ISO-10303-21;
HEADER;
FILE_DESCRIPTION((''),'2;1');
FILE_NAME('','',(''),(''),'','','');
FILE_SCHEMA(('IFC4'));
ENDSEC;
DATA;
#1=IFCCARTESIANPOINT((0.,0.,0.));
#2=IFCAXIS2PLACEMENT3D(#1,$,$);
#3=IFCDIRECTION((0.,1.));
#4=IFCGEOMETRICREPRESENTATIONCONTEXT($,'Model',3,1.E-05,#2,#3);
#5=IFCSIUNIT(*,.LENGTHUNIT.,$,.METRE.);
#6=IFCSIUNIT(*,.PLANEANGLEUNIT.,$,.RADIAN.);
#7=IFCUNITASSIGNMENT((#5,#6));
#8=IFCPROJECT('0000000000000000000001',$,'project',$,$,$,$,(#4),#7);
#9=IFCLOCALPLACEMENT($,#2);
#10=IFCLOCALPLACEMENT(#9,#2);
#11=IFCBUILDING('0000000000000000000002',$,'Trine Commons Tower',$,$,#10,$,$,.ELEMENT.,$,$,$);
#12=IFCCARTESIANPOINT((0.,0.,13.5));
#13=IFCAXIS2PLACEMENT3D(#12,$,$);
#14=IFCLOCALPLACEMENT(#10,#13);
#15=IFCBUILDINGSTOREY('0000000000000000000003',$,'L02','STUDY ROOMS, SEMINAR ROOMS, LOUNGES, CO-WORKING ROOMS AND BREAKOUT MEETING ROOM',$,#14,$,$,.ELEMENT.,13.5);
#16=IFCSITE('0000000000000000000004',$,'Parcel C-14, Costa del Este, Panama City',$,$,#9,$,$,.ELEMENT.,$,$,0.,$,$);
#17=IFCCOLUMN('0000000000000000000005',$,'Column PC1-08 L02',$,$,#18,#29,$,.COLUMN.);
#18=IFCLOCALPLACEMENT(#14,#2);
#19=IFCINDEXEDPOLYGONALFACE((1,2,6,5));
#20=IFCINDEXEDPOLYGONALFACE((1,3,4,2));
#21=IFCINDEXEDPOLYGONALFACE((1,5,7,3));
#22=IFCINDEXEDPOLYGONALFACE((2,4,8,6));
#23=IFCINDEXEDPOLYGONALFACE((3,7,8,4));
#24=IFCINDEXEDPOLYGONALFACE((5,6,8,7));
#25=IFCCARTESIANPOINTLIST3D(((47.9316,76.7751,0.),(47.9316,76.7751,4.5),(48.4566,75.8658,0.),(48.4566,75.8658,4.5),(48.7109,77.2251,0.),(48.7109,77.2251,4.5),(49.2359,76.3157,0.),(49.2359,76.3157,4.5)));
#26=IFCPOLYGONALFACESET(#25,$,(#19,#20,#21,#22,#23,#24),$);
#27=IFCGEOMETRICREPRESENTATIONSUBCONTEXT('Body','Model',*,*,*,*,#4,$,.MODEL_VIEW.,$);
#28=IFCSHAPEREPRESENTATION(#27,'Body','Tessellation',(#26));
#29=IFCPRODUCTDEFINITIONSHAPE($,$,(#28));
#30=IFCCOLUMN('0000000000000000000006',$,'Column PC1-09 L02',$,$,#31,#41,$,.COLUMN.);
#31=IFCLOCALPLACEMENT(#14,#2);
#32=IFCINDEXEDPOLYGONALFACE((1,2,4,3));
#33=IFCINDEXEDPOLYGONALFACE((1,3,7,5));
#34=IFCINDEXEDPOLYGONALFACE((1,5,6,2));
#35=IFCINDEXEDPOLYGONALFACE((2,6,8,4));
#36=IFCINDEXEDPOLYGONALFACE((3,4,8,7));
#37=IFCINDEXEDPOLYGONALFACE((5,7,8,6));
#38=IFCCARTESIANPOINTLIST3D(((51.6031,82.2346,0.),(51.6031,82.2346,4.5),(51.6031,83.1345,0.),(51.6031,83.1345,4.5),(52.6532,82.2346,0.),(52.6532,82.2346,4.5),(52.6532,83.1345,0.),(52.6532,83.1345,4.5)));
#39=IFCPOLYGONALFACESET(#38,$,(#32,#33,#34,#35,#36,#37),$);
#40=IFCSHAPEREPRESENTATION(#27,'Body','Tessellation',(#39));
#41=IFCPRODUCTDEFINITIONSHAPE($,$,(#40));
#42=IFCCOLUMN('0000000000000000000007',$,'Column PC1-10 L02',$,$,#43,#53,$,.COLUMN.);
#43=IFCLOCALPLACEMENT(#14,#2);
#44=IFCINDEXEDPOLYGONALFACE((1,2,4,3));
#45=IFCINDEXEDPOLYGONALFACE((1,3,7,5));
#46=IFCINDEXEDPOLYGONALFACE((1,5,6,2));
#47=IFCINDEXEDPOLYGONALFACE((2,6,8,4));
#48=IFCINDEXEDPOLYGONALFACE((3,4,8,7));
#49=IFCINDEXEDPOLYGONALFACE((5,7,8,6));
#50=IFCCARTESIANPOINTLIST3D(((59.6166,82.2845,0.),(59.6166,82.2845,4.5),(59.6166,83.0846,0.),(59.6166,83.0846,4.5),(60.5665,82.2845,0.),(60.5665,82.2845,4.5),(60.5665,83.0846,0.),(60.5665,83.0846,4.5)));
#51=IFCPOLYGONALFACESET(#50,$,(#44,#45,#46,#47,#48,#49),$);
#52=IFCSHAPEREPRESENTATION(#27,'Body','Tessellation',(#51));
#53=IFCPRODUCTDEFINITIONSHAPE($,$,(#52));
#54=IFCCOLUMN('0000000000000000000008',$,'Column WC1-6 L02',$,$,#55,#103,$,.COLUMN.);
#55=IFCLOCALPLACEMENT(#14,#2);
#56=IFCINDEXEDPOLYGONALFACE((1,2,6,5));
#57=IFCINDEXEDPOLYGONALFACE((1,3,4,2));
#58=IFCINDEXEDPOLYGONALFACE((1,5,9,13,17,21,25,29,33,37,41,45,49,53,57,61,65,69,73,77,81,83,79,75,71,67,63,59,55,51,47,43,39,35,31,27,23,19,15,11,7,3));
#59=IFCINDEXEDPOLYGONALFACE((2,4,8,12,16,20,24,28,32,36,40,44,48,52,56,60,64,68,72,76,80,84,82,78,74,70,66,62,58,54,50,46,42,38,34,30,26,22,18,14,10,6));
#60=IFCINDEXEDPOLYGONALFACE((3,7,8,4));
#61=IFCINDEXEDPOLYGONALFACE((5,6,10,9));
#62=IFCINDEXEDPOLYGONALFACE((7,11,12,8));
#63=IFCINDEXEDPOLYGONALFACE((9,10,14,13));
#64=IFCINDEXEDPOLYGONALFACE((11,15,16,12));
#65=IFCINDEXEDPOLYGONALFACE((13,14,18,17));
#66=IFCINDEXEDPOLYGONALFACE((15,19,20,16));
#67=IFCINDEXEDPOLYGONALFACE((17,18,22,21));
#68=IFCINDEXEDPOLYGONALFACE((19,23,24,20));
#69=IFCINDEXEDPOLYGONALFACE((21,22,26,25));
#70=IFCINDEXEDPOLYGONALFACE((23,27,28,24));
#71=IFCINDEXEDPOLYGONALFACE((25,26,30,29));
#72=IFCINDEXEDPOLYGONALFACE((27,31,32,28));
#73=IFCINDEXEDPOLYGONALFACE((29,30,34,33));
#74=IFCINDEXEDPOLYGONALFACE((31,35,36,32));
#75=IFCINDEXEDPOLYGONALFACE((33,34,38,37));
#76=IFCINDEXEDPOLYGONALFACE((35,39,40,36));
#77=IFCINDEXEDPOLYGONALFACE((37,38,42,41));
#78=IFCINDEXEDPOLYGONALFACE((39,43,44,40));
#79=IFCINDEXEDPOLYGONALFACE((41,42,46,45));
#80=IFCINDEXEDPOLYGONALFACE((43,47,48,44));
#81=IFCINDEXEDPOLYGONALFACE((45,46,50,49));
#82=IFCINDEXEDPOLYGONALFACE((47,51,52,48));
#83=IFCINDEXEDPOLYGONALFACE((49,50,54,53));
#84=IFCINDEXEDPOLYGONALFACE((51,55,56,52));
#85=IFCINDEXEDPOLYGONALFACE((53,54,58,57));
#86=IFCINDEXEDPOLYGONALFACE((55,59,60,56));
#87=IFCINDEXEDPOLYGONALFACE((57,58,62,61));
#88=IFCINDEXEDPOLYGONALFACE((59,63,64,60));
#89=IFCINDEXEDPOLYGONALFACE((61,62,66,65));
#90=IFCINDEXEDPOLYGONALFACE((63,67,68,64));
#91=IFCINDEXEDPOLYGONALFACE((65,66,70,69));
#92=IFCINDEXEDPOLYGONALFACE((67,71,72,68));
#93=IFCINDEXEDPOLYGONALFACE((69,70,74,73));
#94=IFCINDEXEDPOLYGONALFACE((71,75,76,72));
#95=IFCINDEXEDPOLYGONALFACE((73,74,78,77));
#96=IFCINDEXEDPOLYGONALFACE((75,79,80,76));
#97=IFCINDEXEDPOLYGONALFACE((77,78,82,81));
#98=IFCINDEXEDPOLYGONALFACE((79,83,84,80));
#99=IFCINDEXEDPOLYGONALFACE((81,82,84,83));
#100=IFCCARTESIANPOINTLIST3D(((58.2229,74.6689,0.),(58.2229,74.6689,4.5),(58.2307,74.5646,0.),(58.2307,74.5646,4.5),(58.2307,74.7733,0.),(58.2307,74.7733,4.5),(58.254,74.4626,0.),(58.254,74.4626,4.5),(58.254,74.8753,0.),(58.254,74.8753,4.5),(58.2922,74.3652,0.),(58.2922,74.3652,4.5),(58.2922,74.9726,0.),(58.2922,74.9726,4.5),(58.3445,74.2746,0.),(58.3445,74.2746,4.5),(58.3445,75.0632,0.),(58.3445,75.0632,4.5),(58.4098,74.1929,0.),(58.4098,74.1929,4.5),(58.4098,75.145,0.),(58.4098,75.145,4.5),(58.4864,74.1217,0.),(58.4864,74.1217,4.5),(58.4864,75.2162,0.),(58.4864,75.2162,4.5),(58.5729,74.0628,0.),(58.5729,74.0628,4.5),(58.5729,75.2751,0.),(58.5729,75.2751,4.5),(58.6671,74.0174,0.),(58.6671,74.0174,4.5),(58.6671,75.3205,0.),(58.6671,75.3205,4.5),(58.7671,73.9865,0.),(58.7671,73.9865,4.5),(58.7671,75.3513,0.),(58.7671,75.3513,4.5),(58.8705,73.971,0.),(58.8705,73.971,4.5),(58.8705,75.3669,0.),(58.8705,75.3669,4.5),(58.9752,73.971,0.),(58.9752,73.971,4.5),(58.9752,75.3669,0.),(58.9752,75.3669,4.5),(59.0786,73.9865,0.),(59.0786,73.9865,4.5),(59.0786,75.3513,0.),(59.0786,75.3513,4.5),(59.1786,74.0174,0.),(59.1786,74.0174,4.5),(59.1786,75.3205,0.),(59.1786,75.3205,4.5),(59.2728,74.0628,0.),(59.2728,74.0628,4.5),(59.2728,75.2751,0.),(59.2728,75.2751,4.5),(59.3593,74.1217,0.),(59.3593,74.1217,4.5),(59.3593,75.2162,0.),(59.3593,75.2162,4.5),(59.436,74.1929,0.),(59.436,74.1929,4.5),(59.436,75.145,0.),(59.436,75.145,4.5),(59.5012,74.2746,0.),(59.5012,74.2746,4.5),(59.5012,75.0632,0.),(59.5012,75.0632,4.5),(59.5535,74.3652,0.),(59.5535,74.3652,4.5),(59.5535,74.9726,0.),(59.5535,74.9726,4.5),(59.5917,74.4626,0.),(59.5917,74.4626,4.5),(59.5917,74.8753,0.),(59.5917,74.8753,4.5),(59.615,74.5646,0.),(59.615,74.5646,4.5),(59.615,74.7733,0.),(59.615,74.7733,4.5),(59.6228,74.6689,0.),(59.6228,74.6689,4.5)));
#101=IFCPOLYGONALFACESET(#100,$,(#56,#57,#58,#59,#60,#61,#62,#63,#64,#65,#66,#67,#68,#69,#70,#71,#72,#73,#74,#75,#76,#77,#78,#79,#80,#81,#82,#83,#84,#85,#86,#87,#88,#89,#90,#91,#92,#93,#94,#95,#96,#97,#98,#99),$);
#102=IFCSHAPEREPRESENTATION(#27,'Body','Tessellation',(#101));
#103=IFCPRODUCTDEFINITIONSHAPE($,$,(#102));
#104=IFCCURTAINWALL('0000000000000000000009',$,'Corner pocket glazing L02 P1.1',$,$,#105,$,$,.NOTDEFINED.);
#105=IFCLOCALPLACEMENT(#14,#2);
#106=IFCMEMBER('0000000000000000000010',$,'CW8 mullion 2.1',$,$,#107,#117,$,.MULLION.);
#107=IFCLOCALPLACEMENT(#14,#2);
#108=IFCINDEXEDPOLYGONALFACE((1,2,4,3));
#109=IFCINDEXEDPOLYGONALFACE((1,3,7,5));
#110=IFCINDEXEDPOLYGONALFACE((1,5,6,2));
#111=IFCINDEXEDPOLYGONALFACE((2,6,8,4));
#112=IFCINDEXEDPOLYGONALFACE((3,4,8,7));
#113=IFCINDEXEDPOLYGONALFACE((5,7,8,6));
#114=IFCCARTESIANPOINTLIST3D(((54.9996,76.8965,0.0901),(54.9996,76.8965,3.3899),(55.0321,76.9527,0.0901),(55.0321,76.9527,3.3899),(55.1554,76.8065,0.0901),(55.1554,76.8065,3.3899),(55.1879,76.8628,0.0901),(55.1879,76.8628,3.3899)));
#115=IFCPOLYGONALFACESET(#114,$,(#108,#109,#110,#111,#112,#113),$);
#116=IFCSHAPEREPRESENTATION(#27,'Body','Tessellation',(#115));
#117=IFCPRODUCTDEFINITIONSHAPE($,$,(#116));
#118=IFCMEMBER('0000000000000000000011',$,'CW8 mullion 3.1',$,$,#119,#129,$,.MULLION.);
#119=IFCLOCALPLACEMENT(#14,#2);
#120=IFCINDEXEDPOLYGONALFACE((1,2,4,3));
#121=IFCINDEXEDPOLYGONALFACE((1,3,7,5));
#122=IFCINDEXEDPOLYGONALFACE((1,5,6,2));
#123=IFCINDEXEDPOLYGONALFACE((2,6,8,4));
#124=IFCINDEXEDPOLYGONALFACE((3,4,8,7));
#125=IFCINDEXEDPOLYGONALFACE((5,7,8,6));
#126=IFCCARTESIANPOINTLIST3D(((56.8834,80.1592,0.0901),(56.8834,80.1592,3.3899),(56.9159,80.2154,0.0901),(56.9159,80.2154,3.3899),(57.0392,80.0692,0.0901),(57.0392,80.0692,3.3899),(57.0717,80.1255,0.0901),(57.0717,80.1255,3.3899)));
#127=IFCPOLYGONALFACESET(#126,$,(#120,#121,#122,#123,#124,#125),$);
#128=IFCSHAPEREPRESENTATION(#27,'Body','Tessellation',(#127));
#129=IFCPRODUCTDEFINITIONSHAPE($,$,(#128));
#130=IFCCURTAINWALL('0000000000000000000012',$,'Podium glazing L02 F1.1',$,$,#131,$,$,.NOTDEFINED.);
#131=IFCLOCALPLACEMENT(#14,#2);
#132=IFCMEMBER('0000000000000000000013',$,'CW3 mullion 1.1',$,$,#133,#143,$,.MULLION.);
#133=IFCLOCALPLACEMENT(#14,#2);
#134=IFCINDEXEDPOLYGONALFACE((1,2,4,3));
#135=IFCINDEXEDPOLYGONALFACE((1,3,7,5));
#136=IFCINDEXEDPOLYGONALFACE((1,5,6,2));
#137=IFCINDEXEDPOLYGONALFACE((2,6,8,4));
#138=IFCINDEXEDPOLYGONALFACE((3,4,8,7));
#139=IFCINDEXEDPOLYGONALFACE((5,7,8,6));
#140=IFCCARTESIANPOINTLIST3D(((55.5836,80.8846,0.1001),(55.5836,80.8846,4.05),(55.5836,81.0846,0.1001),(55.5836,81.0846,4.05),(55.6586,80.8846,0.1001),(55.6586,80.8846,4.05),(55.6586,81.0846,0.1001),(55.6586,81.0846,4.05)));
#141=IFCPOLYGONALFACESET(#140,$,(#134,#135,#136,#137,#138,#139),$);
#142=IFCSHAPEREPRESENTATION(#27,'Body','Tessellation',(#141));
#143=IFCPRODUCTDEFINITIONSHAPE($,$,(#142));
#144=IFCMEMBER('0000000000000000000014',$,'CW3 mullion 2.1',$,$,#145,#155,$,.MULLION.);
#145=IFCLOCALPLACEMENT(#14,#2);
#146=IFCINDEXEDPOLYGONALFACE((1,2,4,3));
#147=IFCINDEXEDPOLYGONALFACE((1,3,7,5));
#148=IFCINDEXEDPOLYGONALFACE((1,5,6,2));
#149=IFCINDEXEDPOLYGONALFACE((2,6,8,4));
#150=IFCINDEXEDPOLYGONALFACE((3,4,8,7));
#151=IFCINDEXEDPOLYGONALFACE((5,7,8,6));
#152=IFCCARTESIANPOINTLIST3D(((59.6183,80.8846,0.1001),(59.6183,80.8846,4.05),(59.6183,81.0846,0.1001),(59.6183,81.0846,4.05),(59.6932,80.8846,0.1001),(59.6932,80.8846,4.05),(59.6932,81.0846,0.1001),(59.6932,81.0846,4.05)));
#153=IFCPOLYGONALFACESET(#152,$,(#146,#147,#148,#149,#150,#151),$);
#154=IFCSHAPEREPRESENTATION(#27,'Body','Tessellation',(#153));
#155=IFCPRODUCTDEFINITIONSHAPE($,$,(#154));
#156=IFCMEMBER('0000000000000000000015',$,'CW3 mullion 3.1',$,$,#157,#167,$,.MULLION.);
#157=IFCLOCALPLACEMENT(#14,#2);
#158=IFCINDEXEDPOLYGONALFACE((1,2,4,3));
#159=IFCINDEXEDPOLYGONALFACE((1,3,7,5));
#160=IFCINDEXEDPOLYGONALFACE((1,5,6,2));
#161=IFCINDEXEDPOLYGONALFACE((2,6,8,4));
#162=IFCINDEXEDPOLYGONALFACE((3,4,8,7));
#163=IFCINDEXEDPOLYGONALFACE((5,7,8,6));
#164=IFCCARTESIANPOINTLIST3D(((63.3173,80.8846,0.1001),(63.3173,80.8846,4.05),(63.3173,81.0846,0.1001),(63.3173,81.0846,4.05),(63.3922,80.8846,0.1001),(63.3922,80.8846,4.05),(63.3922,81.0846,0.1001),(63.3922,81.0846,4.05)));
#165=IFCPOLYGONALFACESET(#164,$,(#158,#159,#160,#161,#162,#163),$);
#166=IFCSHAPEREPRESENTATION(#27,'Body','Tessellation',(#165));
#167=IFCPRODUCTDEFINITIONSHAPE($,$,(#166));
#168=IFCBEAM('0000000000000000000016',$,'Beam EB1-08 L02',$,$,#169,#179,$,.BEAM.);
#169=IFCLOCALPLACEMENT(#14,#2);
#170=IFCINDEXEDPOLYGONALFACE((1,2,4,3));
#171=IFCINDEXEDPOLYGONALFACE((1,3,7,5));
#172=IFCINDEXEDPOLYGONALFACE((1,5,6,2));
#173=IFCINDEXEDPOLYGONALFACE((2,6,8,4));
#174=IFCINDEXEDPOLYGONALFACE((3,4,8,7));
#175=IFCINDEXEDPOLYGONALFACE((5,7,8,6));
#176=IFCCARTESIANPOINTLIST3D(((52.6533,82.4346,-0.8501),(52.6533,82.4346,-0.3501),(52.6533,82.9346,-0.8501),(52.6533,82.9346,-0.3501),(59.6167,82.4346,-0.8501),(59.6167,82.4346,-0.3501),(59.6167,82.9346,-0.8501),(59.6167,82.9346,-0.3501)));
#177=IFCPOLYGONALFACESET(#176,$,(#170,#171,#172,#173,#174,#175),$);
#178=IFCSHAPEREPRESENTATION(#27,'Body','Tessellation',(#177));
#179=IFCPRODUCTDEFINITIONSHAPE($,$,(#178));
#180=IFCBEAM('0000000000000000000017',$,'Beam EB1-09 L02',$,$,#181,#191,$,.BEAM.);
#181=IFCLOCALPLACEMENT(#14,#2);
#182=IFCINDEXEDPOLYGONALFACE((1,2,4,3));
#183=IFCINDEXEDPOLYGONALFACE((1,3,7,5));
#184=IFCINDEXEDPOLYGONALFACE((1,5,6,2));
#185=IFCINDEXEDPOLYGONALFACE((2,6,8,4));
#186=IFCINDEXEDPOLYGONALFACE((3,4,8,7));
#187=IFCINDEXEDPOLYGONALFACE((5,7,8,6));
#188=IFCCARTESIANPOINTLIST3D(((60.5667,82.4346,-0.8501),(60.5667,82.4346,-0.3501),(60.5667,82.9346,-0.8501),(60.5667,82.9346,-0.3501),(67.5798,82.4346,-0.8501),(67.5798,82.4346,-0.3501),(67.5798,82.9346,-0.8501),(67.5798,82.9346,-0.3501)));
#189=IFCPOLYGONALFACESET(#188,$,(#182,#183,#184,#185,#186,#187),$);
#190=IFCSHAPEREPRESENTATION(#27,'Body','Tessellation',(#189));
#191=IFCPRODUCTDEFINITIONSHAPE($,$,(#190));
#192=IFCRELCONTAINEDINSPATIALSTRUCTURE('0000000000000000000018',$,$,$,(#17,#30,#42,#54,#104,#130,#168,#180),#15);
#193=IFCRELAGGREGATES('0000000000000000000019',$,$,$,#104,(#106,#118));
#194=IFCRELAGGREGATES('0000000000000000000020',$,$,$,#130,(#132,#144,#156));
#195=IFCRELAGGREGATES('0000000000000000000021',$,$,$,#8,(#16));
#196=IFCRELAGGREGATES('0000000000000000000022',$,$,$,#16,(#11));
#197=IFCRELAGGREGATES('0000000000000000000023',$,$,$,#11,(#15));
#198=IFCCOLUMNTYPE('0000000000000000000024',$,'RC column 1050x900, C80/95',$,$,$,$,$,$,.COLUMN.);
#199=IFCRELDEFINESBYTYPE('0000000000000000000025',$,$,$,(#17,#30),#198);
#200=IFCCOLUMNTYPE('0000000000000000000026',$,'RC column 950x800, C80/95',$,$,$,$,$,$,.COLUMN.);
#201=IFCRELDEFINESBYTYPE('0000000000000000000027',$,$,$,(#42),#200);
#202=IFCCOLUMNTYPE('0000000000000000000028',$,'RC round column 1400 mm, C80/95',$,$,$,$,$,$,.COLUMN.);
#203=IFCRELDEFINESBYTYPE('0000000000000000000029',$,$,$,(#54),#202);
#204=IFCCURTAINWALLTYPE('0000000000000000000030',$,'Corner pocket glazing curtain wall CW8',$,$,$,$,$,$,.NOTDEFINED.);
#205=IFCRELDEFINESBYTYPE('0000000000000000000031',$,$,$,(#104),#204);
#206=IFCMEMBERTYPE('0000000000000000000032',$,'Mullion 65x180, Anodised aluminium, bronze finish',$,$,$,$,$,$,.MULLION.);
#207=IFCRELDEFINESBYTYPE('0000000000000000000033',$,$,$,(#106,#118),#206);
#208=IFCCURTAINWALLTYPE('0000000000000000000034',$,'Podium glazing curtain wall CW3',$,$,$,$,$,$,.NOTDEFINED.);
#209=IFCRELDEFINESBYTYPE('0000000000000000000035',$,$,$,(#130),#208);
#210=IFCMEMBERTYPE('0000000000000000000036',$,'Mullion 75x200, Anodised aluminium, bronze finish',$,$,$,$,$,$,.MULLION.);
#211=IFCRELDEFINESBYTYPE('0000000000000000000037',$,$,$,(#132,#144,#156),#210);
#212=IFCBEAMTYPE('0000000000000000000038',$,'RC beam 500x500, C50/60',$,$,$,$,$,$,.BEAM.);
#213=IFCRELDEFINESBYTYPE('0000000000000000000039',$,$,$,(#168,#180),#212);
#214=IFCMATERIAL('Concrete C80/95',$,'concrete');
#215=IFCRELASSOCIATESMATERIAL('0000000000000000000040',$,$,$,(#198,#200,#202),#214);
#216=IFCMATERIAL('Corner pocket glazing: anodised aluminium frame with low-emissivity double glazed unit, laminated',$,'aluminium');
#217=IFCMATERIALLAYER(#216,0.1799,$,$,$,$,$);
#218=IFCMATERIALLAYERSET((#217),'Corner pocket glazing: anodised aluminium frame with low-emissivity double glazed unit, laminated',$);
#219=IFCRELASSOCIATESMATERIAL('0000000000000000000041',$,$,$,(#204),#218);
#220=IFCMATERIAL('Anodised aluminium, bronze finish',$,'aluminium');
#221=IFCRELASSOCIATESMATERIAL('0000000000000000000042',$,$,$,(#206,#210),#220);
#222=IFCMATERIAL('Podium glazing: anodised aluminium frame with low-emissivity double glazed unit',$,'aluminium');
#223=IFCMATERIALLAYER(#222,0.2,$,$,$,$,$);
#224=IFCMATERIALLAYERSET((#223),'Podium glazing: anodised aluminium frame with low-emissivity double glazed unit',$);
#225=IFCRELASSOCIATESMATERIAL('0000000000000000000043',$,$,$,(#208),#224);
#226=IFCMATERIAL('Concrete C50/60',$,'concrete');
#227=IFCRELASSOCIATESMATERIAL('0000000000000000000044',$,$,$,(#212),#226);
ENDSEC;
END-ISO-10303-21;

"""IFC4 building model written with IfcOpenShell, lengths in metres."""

from ifc_helpers import new_model, si_unit, direction, frame, origin, origin_2d, place, context, subcontext, project, spatial, rectangle, circle, extrude, material, layer, layer_set, material_profile, profile_set, type_object, element, aggregate, save


model = new_model("IFC4")

# Units and contexts
model_context = context("Model", 3, precision=1e-05, world=origin(), true_north=direction((0.0, 1.0)))
body_context = subcontext(model_context, "Body", "Model", "MODEL_VIEW")
ifc_project = project(units=[si_unit("LENGTHUNIT", "METRE"), si_unit("PLANEANGLEUNIT", "RADIAN")], contexts=[model_context])

# Site, building, storey
site_placement = place(None, origin())
site = spatial("IfcSite", under=ifc_project, at=site_placement, Name="Parcel C-14, Costa del Este, Panama City", CompositionType="ELEMENT", RefElevation=0.0)
building_placement = place(site_placement, origin())
building = spatial("IfcBuilding", under=site, at=building_placement, Name="Trine Commons Tower", CompositionType="ELEMENT")
storey_placement = place(building_placement, frame((0.0, 0.0, 13.5)))
storey = spatial("IfcBuildingStorey", under=building, at=storey_placement, Name="L02", Description="STUDY ROOMS, SEMINAR ROOMS, LOUNGES, CO-WORKING ROOMS AND BREAKOUT MEETING ROOM", CompositionType="ELEMENT", Elevation=13.5)

# Columns
ifc_material_1 = material(Name="Concrete C80/95", Category="concrete")
ifc_material_profile_1 = material_profile(ifc_material_1, rectangle(XDim=1.05, YDim=0.8999, at=origin_2d()), Name="RC 1050x900")
ifc_profile_set_1 = profile_set([ifc_material_profile_1], Name="Concrete C80/95")
column_type_1 = type_object("IfcColumnType", Name="RC column 1050x900, C80/95", PredefinedType="COLUMN", material=ifc_profile_set_1)
for number, where, z_axis, x_axis, name in (
    (1, (48.5837, 76.5454, 0.0), (0.0, 0.0, 1.0), (-0.5, 0.866025, 0.0), "Column PC1-08 L02"),
    (2, (52.1282, 82.6846, 0.0), (0.0, 0.0, 1.0), (1.0, 0.0, 0.0), "Column PC1-09 L02"),
):
    element("IfcColumn", number, at=place(storey_placement, frame(where, z_axis=z_axis, x_axis=x_axis)), inside=storey, type_object=column_type_1, Name=name, PredefinedType="COLUMN", context=body_context, shape_type="SweptSolid", body=[
        extrude(rectangle(XDim=1.05, YDim=0.8999, at=origin_2d()), origin(), (0.0, 0.0, 1.0), 4.5),
    ])
ifc_material_profile_2 = material_profile(ifc_material_1, rectangle(XDim=0.95, YDim=0.8, at=origin_2d()), Name="RC 950x800")
ifc_profile_set_2 = profile_set([ifc_material_profile_2], Name="Concrete C80/95")
column_type_2 = type_object("IfcColumnType", Name="RC column 950x800, C80/95", PredefinedType="COLUMN", material=ifc_profile_set_2)
column_1_placement = place(storey_placement, frame((60.0916, 82.6846, 0.0), z_axis=(0.0, 0.0, 1.0), x_axis=(1.0, 0.0, 0.0)))
element("IfcColumn", 3, at=column_1_placement, inside=storey, type_object=column_type_2, Name="Column PC1-10 L02", PredefinedType="COLUMN", context=body_context, shape_type="SweptSolid", body=[
    extrude(rectangle(XDim=0.95, YDim=0.8, at=origin_2d()), origin(), (0.0, 0.0, 1.0), 4.5),
])
ifc_material_profile_3 = material_profile(ifc_material_1, circle(Radius=0.7, at=origin_2d()), Name="RC round 1400")
ifc_profile_set_3 = profile_set([ifc_material_profile_3], Name="Concrete C80/95")
column_type_3 = type_object("IfcColumnType", Name="RC round column 1400 mm, C80/95", PredefinedType="COLUMN", material=ifc_profile_set_3)
column_2_placement = place(storey_placement, frame((58.9229, 74.6689, 0.0), z_axis=(0.0, 0.0, 1.0), x_axis=(1.0, 0.0, 0.0)))
element("IfcColumn", 4, at=column_2_placement, inside=storey, type_object=column_type_3, Name="Column WC1-6 L02", PredefinedType="COLUMN", context=body_context, shape_type="SweptSolid", body=[
    extrude(circle(Radius=0.7, at=origin_2d()), origin(), (0.0, 0.0, 1.0), 4.5),
])

# Curtain walls, members
ifc_material_2 = material(Name="Corner pocket glazing: anodised aluminium frame with low-emissivity double glazed unit, laminated", Category="aluminium")
ifc_layer_1 = layer(ifc_material_2, 0.1799)
ifc_layer_set_1 = layer_set([ifc_layer_1], Name="Corner pocket glazing: anodised aluminium frame with low-emissivity double glazed unit, laminated")
curtain_wall_type_1 = type_object("IfcCurtainWallType", Name="Corner pocket glazing curtain wall CW8", PredefinedType="NOTDEFINED", material=ifc_layer_set_1)
curtain_wall_1_placement = place(storey_placement, origin())
curtain_wall_1 = element("IfcCurtainWall", 5, at=curtain_wall_1_placement, inside=storey, type_object=curtain_wall_type_1, Name="Corner pocket glazing L02 P1.1", PredefinedType="NOTDEFINED")
ifc_material_3 = material(Name="Anodised aluminium, bronze finish", Category="aluminium")
ifc_material_profile_4 = material_profile(ifc_material_3, rectangle(XDim=0.1799, YDim=0.0649, at=origin_2d()), Name="Mullion 65x180")
ifc_profile_set_4 = profile_set([ifc_material_profile_4], Name="Anodised aluminium, bronze finish")
member_type_1 = type_object("IfcMemberType", Name="Mullion 65x180, Anodised aluminium, bronze finish", PredefinedType="MULLION", material=ifc_profile_set_4)
member_1_placement = place(storey_placement, frame((55.0938, 76.8796, 0.0901), z_axis=(0.0, 0.0, 1.0), x_axis=(-0.866025, 0.5, 0.0)))
member_1 = element("IfcMember", 6, at=member_1_placement, type_object=member_type_1, Name="CW8 mullion 2.1", PredefinedType="MULLION", context=body_context, shape_type="SweptSolid", body=[
    extrude(rectangle(XDim=0.1799, YDim=0.0649, at=origin_2d()), origin(), (0.0, 0.0, 1.0), 3.2998),
])
member_2_placement = place(storey_placement, frame((56.9775, 80.1423, 0.0901), z_axis=(0.0, 0.0, 1.0), x_axis=(-0.866025, 0.5, 0.0)))
member_2 = element("IfcMember", 7, at=member_2_placement, type_object=member_type_1, Name="CW8 mullion 3.1", PredefinedType="MULLION", context=body_context, shape_type="SweptSolid", body=[
    extrude(rectangle(XDim=0.1799, YDim=0.0649, at=origin_2d()), origin(), (0.0, 0.0, 1.0), 3.2998),
])
ifc_material_4 = material(Name="Podium glazing: anodised aluminium frame with low-emissivity double glazed unit", Category="aluminium")
ifc_layer_2 = layer(ifc_material_4, 0.2)
ifc_layer_set_2 = layer_set([ifc_layer_2], Name="Podium glazing: anodised aluminium frame with low-emissivity double glazed unit")
curtain_wall_type_2 = type_object("IfcCurtainWallType", Name="Podium glazing curtain wall CW3", PredefinedType="NOTDEFINED", material=ifc_layer_set_2)
curtain_wall_2_placement = place(storey_placement, origin())
curtain_wall_2 = element("IfcCurtainWall", 8, at=curtain_wall_2_placement, inside=storey, type_object=curtain_wall_type_2, Name="Podium glazing L02 F1.1", PredefinedType="NOTDEFINED")
ifc_material_profile_5 = material_profile(ifc_material_3, rectangle(XDim=0.2, YDim=0.075, at=origin_2d()), Name="Mullion 75x200")
ifc_profile_set_5 = profile_set([ifc_material_profile_5], Name="Anodised aluminium, bronze finish")
member_type_2 = type_object("IfcMemberType", Name="Mullion 75x200, Anodised aluminium, bronze finish", PredefinedType="MULLION", material=ifc_profile_set_5)
member_3_placement = place(storey_placement, frame((55.6211, 80.9846, 0.1001), z_axis=(0.0, 0.0, 1.0), x_axis=(0.0, 1.0, 0.0)))
member_3 = element("IfcMember", 9, at=member_3_placement, type_object=member_type_2, Name="CW3 mullion 1.1", PredefinedType="MULLION", context=body_context, shape_type="SweptSolid", body=[
    extrude(rectangle(XDim=0.2, YDim=0.075, at=origin_2d()), origin(), (0.0, 0.0, 1.0), 3.95),
])
member_4_placement = place(storey_placement, frame((59.6558, 80.9846, 0.1001), z_axis=(0.0, 0.0, 1.0), x_axis=(0.0, 1.0, 0.0)))
member_4 = element("IfcMember", 10, at=member_4_placement, type_object=member_type_2, Name="CW3 mullion 2.1", PredefinedType="MULLION", context=body_context, shape_type="SweptSolid", body=[
    extrude(rectangle(XDim=0.2, YDim=0.075, at=origin_2d()), origin(), (0.0, 0.0, 1.0), 3.95),
])
member_5_placement = place(storey_placement, frame((63.3547, 80.9846, 0.1001), z_axis=(0.0, 0.0, 1.0), x_axis=(0.0, 1.0, 0.0)))
member_5 = element("IfcMember", 11, at=member_5_placement, type_object=member_type_2, Name="CW3 mullion 3.1", PredefinedType="MULLION", context=body_context, shape_type="SweptSolid", body=[
    extrude(rectangle(XDim=0.2, YDim=0.075, at=origin_2d()), origin(), (0.0, 0.0, 1.0), 3.95),
])

# Beams
ifc_material_5 = material(Name="Concrete C50/60", Category="concrete")
ifc_material_profile_6 = material_profile(ifc_material_5, rectangle(XDim=0.5, YDim=0.5, at=origin_2d()), Name="RC 500x500")
ifc_profile_set_6 = profile_set([ifc_material_profile_6], Name="Concrete C50/60")
beam_type_1 = type_object("IfcBeamType", Name="RC beam 500x500, C50/60", PredefinedType="BEAM", material=ifc_profile_set_6)
beam_1_placement = place(storey_placement, frame((52.6533, 82.6846, -0.6001), z_axis=(1.0, 0.0, 0.0), x_axis=(0.0, 1.0, 0.0)))
element("IfcBeam", 12, at=beam_1_placement, inside=storey, type_object=beam_type_1, Name="Beam EB1-08 L02", PredefinedType="BEAM", context=body_context, shape_type="SweptSolid", body=[
    extrude(rectangle(XDim=0.5, YDim=0.5, at=origin_2d()), origin(), (0.0, 0.0, 1.0), 6.9634),
])
beam_2_placement = place(storey_placement, frame((60.5667, 82.6846, -0.6001), z_axis=(1.0, 0.0, 0.0), x_axis=(0.0, 1.0, 0.0)))
element("IfcBeam", 13, at=beam_2_placement, inside=storey, type_object=beam_type_1, Name="Beam EB1-09 L02", PredefinedType="BEAM", context=body_context, shape_type="SweptSolid", body=[
    extrude(rectangle(XDim=0.5, YDim=0.5, at=origin_2d()), origin(), (0.0, 0.0, 1.0), 7.0132),
])

aggregate(curtain_wall_1, [member_1, member_2])
aggregate(curtain_wall_2, [member_3, member_4, member_5])

save(model, "model.ifc")
